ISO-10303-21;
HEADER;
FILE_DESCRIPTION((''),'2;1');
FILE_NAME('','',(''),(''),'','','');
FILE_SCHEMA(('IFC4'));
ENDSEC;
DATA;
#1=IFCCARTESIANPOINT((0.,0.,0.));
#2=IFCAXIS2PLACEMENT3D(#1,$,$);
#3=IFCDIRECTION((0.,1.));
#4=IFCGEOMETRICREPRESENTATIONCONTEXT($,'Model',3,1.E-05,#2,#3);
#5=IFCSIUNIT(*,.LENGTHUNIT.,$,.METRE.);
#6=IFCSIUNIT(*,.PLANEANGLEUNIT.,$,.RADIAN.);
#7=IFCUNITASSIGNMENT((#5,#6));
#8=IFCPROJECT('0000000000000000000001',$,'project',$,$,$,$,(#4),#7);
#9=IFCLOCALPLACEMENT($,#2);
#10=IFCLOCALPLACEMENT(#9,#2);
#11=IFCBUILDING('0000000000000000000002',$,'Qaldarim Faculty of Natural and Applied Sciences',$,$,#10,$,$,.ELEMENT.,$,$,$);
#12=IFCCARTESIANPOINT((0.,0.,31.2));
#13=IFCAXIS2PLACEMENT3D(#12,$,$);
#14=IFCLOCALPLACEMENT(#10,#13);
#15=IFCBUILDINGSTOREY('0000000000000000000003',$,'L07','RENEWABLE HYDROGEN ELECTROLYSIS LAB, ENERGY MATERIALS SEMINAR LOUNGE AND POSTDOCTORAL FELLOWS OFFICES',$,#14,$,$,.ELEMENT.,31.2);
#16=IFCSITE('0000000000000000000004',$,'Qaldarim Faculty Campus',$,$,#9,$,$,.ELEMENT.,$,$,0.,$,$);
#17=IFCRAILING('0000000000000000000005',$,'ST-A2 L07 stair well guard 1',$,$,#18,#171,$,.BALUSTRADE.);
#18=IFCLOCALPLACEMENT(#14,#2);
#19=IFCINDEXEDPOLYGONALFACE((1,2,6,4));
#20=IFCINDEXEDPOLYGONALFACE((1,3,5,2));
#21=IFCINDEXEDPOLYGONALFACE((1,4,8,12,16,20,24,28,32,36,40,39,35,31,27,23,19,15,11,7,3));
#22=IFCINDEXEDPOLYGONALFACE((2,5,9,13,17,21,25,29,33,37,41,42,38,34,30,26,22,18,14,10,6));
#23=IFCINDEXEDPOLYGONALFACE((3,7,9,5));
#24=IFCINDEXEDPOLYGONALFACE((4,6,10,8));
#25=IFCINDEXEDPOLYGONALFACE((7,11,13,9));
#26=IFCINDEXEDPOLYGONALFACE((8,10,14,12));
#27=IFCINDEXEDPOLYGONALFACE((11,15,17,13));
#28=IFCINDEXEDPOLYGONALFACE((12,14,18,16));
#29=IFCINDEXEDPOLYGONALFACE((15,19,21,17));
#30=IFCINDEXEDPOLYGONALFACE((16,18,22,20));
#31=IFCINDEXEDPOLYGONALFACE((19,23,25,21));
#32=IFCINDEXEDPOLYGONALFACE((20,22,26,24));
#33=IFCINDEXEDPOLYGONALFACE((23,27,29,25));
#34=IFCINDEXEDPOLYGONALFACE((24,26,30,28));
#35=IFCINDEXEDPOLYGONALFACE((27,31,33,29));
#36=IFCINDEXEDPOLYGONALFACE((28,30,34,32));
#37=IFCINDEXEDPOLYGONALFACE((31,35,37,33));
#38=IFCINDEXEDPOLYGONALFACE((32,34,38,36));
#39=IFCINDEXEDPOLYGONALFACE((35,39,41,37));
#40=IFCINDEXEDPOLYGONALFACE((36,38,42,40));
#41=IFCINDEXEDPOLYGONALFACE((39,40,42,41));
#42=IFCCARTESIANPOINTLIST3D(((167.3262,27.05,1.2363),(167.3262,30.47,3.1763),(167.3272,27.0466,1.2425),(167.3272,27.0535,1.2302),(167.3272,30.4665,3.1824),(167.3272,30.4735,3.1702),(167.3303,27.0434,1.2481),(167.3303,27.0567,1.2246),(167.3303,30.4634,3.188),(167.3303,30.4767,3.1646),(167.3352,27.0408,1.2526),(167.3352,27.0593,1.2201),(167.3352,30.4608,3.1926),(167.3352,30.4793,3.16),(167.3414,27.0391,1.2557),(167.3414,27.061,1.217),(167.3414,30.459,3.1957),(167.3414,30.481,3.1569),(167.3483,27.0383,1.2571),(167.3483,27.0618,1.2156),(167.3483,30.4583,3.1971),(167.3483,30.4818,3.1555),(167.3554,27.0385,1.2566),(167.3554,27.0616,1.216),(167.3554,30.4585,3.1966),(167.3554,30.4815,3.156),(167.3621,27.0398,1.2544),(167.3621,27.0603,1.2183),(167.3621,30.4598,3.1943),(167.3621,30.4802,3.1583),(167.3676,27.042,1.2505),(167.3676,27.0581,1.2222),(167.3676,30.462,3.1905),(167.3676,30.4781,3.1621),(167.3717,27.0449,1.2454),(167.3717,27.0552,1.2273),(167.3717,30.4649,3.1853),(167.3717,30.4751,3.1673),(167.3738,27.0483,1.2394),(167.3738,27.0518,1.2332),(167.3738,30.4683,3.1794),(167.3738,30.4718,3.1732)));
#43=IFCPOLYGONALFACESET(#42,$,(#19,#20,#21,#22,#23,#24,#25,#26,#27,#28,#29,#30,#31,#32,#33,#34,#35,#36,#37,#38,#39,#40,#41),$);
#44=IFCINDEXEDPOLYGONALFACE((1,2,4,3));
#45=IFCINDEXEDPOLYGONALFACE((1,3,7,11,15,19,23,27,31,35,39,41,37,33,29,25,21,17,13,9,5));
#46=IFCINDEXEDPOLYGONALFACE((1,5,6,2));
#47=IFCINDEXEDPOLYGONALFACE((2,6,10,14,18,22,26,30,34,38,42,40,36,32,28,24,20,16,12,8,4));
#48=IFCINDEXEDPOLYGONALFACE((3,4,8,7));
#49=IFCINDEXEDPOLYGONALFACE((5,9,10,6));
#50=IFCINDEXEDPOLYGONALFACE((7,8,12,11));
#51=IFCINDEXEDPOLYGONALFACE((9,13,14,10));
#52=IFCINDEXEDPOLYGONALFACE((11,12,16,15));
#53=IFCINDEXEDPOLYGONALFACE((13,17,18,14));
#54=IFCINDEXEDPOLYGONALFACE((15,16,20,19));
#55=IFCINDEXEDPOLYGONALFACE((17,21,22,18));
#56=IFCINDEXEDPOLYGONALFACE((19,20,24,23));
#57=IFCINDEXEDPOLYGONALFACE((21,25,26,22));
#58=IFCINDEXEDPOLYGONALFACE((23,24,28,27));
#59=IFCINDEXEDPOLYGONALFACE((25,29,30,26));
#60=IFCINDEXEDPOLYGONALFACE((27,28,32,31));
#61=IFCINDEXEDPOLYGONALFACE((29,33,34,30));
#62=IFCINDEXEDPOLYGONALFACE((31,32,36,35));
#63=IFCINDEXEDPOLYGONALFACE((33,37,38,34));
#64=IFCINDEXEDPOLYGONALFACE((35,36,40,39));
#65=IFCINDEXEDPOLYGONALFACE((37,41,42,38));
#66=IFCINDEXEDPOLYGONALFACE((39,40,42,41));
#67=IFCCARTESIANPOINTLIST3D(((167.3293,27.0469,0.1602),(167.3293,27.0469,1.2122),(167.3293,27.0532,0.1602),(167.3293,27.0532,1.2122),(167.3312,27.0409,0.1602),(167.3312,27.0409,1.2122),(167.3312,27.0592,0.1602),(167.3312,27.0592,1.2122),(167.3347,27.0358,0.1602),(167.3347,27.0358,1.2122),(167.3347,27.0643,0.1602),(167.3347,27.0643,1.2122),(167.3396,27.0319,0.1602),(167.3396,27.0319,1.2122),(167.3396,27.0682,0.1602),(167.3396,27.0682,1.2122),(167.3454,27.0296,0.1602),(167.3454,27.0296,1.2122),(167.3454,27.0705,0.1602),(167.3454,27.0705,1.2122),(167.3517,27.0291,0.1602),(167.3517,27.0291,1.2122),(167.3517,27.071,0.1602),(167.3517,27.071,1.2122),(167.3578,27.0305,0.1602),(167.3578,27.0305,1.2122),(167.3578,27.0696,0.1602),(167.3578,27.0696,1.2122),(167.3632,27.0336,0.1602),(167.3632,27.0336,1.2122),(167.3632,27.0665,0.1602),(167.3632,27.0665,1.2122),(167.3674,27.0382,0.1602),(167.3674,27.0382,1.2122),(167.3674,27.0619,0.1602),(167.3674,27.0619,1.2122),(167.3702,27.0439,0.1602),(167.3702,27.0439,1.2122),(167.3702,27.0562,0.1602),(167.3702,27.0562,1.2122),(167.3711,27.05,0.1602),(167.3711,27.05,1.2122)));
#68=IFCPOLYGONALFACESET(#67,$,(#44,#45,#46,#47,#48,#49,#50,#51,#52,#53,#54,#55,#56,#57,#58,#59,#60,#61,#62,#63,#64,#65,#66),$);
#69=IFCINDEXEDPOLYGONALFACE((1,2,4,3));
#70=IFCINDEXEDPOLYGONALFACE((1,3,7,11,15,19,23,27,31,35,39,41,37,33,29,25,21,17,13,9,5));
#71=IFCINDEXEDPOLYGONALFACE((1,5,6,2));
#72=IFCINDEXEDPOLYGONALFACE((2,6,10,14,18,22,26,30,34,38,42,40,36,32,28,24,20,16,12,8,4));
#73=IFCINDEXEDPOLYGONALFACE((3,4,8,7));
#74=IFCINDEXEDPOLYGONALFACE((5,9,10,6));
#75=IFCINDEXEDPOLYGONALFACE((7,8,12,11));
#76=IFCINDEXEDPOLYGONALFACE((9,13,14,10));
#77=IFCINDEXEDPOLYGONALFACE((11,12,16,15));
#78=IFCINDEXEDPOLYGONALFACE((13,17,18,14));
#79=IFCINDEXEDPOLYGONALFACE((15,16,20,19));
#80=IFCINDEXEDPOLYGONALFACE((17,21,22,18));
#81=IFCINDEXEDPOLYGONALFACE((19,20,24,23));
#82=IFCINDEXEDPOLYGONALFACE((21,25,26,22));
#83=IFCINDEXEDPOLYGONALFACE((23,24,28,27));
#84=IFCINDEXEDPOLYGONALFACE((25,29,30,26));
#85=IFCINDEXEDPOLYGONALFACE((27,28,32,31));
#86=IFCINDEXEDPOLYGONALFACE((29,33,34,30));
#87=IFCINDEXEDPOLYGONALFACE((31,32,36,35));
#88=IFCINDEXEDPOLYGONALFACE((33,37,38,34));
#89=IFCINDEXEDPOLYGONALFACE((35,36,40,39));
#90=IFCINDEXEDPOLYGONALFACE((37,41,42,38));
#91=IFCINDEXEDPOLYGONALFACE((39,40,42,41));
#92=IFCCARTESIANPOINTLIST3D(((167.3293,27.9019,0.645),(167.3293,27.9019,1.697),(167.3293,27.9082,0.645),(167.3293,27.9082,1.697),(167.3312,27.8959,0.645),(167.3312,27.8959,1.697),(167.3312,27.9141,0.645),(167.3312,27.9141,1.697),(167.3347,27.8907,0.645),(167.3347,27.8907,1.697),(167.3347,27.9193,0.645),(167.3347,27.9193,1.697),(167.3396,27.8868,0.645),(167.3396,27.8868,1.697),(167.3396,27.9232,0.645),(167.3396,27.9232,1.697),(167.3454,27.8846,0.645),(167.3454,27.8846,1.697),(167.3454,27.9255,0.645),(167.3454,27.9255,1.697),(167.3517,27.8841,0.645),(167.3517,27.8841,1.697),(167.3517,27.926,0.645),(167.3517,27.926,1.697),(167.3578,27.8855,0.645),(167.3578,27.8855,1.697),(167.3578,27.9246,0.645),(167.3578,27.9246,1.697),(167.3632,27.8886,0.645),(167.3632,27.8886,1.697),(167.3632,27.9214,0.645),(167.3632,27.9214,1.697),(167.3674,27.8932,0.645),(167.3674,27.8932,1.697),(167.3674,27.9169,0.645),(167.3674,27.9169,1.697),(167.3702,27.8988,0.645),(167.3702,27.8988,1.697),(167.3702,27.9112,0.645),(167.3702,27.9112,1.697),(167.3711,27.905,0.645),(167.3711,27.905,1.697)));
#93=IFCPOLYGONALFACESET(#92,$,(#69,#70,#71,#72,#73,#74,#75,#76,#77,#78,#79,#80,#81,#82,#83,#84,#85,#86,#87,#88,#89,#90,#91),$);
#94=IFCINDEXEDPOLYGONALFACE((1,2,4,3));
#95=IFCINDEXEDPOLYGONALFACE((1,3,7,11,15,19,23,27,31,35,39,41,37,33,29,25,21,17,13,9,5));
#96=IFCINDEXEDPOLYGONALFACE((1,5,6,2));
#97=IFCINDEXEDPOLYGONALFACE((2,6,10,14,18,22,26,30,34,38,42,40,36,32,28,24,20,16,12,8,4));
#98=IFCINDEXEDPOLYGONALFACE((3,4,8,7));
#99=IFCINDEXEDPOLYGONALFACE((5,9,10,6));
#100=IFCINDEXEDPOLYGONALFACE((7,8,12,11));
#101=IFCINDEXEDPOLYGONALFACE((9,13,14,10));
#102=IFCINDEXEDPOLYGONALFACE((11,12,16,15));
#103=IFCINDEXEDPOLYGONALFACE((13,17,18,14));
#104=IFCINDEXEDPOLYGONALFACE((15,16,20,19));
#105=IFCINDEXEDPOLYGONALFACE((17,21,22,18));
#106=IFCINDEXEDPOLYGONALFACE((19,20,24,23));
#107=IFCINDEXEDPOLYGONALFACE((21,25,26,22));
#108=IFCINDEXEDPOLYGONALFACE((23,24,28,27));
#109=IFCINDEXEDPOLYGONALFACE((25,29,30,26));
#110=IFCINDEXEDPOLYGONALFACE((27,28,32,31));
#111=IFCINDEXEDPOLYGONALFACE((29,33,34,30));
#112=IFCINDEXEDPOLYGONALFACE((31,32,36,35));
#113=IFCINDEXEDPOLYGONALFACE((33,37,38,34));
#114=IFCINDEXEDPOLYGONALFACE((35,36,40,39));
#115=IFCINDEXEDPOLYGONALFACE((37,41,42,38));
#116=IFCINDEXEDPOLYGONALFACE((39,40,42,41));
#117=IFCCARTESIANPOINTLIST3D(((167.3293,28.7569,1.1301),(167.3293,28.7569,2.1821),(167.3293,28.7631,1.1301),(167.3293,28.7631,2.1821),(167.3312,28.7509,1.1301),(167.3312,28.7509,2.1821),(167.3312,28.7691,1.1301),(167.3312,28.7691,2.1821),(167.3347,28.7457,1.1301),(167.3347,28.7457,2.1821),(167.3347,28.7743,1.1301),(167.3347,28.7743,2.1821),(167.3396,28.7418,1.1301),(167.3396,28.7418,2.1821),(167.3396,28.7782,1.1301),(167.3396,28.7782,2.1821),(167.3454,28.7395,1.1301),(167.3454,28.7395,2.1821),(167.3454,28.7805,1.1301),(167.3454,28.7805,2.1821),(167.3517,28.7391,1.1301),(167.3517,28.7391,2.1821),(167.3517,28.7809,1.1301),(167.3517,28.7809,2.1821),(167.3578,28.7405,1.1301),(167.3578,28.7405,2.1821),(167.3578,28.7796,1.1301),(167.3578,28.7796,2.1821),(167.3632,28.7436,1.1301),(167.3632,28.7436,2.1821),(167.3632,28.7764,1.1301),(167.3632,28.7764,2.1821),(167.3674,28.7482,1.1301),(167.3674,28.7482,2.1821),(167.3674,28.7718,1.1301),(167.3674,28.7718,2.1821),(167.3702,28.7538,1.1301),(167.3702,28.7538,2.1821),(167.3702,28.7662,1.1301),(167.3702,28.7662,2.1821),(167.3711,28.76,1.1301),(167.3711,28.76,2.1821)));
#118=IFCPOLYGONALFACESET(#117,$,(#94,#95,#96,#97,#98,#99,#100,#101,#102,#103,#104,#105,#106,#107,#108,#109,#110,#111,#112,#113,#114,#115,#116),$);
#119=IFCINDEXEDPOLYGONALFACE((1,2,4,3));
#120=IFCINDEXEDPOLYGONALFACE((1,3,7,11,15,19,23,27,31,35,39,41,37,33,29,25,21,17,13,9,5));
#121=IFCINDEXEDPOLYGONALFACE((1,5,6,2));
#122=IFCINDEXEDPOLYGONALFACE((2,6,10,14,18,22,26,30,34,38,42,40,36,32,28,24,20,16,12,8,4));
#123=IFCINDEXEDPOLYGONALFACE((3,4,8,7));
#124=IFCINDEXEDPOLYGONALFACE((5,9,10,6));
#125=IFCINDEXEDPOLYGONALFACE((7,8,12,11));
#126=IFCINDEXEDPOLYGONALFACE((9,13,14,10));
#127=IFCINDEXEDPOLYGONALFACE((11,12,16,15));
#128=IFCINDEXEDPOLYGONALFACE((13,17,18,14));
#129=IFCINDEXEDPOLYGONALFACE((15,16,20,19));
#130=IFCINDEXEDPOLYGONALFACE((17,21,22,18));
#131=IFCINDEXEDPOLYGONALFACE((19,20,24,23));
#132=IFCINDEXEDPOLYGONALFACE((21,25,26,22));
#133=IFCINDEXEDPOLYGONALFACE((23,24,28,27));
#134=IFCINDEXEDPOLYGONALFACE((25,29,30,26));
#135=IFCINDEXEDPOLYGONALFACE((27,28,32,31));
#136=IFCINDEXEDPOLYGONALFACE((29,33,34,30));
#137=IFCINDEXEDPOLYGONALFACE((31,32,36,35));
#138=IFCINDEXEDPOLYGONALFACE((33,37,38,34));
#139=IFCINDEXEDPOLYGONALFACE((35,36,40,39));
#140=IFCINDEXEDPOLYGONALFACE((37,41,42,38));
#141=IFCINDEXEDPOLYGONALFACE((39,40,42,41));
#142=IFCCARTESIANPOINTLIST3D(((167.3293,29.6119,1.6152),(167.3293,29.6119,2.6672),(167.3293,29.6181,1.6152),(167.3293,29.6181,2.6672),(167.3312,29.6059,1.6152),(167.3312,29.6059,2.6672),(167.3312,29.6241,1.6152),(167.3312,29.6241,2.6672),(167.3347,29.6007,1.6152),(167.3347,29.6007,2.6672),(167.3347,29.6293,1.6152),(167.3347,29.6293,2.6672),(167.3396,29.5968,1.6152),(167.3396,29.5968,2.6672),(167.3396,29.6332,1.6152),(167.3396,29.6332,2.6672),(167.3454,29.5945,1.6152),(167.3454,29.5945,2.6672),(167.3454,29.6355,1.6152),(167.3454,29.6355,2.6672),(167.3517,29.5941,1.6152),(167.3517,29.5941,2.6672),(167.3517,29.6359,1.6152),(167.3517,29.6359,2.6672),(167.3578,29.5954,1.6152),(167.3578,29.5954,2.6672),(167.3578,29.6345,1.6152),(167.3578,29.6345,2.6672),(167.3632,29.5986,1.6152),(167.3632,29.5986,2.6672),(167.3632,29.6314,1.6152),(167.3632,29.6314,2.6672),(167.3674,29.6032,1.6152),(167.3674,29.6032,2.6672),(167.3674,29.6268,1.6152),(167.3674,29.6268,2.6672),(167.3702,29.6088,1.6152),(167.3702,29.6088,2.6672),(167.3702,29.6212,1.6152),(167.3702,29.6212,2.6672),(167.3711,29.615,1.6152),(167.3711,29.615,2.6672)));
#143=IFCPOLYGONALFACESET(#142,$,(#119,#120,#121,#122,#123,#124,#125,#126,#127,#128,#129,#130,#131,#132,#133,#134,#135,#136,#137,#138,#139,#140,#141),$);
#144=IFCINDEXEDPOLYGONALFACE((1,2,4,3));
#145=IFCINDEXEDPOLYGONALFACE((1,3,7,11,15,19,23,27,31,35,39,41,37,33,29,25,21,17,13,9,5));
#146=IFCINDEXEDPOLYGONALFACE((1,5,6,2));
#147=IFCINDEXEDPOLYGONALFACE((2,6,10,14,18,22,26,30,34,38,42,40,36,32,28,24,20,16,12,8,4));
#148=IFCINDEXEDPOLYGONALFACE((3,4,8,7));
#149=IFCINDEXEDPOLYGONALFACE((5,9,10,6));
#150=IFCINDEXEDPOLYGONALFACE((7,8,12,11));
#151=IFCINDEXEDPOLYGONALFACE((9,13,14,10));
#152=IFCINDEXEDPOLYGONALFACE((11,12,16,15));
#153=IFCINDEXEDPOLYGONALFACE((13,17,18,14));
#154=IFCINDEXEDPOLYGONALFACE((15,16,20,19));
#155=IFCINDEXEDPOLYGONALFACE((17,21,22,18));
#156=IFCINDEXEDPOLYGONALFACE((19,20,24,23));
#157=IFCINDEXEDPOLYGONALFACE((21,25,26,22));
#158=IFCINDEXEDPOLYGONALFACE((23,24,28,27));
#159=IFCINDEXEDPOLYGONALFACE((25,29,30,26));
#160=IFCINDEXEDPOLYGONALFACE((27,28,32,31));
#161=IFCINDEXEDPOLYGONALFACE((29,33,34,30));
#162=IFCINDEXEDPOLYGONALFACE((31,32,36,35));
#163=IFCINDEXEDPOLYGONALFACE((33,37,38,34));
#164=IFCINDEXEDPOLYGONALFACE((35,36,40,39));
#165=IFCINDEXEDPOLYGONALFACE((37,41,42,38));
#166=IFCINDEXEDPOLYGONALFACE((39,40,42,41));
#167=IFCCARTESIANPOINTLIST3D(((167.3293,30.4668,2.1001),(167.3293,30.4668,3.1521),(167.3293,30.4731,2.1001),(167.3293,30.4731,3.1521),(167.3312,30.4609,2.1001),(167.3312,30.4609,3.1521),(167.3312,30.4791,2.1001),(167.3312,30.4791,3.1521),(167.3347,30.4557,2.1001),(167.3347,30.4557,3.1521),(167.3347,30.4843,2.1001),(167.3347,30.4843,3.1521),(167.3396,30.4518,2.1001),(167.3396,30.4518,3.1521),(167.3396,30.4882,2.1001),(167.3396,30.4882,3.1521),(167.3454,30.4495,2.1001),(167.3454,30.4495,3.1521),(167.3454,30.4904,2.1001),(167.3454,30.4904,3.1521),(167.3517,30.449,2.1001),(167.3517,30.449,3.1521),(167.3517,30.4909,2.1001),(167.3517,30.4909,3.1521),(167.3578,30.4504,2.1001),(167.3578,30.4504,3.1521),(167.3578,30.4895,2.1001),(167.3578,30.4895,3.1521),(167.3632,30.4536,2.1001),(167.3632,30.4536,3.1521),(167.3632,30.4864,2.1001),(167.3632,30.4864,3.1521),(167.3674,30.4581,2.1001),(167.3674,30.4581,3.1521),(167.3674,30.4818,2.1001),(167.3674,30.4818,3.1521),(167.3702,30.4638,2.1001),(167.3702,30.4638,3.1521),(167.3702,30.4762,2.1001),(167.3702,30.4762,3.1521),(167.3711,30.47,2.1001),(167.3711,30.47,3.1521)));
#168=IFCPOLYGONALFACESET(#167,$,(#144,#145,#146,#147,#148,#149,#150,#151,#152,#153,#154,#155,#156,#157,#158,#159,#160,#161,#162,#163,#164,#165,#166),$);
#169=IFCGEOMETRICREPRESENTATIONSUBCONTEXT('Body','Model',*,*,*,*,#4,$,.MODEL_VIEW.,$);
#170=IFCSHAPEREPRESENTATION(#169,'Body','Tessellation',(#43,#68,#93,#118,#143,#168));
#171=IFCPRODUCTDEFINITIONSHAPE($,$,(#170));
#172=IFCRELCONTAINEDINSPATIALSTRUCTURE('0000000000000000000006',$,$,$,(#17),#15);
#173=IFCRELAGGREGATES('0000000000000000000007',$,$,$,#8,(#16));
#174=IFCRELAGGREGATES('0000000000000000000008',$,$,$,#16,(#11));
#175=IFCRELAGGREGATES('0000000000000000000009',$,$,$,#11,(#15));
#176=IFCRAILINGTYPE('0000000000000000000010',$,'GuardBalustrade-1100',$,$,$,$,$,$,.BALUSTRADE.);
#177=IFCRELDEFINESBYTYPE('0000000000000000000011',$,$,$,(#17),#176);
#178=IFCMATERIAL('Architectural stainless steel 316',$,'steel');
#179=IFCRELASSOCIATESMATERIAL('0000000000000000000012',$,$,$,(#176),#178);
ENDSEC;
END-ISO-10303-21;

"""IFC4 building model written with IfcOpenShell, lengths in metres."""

from ifc_helpers import new_model, si_unit, direction, frame, origin, origin_2d, place, context, subcontext, project, spatial, circle, extrude, material, type_object, element, save


model = new_model("IFC4")

# Units and contexts
model_context = context("Model", 3, precision=1e-05, world=origin(), true_north=direction((0.0, 1.0)))
body_context = subcontext(model_context, "Body", "Model", "MODEL_VIEW")
ifc_project = project(units=[si_unit("LENGTHUNIT", "METRE"), si_unit("PLANEANGLEUNIT", "RADIAN")], contexts=[model_context])

# Site, building, storey
site_placement = place(None, origin())
site = spatial("IfcSite", under=ifc_project, at=site_placement, Name="Qaldarim Faculty Campus", CompositionType="ELEMENT", RefElevation=0.0)
building_placement = place(site_placement, origin())
building = spatial("IfcBuilding", under=site, at=building_placement, Name="Qaldarim Faculty of Natural and Applied Sciences", CompositionType="ELEMENT")
storey_placement = place(building_placement, frame((0.0, 0.0, 31.2)))
storey = spatial("IfcBuildingStorey", under=building, at=storey_placement, Name="L07", Description="RENEWABLE HYDROGEN ELECTROLYSIS LAB, ENERGY MATERIALS SEMINAR LOUNGE AND POSTDOCTORAL FELLOWS OFFICES", CompositionType="ELEMENT", Elevation=31.2)

# Shared definitions
ifc_material_1 = material(Name="Architectural stainless steel 316", Category="steel")

# Railing
railing_type_1 = type_object("IfcRailingType", Name="GuardBalustrade-1100", PredefinedType="BALUSTRADE", material=ifc_material_1)
railing_1_placement = place(storey_placement, frame((167.3501, 27.05, 0.1602)))
element("IfcRailing", 1, at=railing_1_placement, inside=storey, type_object=railing_type_1, Name="ST-A2 L07 stair well guard 1", PredefinedType="BALUSTRADE", context=body_context, shape_type="SweptSolid", body=[
    extrude(circle(Radius=0.0239, at=origin_2d()), frame((0.0, 0.0, 1.0762), z_axis=(0.0, 0.869805, 0.493395), x_axis=(-1.0, 0.0, 0.0)), (0.0, 0.0, 1.0), 3.9319),
    extrude(circle(Radius=0.021, at=origin_2d()), origin(), (0.0, 0.0, 1.0), 1.052),
    extrude(circle(Radius=0.021, at=origin_2d()), frame((0.0, 0.855, 0.4849)), (0.0, 0.0, 1.0), 1.052),
    extrude(circle(Radius=0.021, at=origin_2d()), frame((0.0, 1.71, 0.97)), (0.0, 0.0, 1.0), 1.052),
    extrude(circle(Radius=0.021, at=origin_2d()), frame((0.0, 2.5649, 1.4551)), (0.0, 0.0, 1.0), 1.052),
    extrude(circle(Radius=0.021, at=origin_2d()), frame((0.0, 3.4199, 1.9399)), (0.0, 0.0, 1.0), 1.052),
])

save(model, "model.ifc")
